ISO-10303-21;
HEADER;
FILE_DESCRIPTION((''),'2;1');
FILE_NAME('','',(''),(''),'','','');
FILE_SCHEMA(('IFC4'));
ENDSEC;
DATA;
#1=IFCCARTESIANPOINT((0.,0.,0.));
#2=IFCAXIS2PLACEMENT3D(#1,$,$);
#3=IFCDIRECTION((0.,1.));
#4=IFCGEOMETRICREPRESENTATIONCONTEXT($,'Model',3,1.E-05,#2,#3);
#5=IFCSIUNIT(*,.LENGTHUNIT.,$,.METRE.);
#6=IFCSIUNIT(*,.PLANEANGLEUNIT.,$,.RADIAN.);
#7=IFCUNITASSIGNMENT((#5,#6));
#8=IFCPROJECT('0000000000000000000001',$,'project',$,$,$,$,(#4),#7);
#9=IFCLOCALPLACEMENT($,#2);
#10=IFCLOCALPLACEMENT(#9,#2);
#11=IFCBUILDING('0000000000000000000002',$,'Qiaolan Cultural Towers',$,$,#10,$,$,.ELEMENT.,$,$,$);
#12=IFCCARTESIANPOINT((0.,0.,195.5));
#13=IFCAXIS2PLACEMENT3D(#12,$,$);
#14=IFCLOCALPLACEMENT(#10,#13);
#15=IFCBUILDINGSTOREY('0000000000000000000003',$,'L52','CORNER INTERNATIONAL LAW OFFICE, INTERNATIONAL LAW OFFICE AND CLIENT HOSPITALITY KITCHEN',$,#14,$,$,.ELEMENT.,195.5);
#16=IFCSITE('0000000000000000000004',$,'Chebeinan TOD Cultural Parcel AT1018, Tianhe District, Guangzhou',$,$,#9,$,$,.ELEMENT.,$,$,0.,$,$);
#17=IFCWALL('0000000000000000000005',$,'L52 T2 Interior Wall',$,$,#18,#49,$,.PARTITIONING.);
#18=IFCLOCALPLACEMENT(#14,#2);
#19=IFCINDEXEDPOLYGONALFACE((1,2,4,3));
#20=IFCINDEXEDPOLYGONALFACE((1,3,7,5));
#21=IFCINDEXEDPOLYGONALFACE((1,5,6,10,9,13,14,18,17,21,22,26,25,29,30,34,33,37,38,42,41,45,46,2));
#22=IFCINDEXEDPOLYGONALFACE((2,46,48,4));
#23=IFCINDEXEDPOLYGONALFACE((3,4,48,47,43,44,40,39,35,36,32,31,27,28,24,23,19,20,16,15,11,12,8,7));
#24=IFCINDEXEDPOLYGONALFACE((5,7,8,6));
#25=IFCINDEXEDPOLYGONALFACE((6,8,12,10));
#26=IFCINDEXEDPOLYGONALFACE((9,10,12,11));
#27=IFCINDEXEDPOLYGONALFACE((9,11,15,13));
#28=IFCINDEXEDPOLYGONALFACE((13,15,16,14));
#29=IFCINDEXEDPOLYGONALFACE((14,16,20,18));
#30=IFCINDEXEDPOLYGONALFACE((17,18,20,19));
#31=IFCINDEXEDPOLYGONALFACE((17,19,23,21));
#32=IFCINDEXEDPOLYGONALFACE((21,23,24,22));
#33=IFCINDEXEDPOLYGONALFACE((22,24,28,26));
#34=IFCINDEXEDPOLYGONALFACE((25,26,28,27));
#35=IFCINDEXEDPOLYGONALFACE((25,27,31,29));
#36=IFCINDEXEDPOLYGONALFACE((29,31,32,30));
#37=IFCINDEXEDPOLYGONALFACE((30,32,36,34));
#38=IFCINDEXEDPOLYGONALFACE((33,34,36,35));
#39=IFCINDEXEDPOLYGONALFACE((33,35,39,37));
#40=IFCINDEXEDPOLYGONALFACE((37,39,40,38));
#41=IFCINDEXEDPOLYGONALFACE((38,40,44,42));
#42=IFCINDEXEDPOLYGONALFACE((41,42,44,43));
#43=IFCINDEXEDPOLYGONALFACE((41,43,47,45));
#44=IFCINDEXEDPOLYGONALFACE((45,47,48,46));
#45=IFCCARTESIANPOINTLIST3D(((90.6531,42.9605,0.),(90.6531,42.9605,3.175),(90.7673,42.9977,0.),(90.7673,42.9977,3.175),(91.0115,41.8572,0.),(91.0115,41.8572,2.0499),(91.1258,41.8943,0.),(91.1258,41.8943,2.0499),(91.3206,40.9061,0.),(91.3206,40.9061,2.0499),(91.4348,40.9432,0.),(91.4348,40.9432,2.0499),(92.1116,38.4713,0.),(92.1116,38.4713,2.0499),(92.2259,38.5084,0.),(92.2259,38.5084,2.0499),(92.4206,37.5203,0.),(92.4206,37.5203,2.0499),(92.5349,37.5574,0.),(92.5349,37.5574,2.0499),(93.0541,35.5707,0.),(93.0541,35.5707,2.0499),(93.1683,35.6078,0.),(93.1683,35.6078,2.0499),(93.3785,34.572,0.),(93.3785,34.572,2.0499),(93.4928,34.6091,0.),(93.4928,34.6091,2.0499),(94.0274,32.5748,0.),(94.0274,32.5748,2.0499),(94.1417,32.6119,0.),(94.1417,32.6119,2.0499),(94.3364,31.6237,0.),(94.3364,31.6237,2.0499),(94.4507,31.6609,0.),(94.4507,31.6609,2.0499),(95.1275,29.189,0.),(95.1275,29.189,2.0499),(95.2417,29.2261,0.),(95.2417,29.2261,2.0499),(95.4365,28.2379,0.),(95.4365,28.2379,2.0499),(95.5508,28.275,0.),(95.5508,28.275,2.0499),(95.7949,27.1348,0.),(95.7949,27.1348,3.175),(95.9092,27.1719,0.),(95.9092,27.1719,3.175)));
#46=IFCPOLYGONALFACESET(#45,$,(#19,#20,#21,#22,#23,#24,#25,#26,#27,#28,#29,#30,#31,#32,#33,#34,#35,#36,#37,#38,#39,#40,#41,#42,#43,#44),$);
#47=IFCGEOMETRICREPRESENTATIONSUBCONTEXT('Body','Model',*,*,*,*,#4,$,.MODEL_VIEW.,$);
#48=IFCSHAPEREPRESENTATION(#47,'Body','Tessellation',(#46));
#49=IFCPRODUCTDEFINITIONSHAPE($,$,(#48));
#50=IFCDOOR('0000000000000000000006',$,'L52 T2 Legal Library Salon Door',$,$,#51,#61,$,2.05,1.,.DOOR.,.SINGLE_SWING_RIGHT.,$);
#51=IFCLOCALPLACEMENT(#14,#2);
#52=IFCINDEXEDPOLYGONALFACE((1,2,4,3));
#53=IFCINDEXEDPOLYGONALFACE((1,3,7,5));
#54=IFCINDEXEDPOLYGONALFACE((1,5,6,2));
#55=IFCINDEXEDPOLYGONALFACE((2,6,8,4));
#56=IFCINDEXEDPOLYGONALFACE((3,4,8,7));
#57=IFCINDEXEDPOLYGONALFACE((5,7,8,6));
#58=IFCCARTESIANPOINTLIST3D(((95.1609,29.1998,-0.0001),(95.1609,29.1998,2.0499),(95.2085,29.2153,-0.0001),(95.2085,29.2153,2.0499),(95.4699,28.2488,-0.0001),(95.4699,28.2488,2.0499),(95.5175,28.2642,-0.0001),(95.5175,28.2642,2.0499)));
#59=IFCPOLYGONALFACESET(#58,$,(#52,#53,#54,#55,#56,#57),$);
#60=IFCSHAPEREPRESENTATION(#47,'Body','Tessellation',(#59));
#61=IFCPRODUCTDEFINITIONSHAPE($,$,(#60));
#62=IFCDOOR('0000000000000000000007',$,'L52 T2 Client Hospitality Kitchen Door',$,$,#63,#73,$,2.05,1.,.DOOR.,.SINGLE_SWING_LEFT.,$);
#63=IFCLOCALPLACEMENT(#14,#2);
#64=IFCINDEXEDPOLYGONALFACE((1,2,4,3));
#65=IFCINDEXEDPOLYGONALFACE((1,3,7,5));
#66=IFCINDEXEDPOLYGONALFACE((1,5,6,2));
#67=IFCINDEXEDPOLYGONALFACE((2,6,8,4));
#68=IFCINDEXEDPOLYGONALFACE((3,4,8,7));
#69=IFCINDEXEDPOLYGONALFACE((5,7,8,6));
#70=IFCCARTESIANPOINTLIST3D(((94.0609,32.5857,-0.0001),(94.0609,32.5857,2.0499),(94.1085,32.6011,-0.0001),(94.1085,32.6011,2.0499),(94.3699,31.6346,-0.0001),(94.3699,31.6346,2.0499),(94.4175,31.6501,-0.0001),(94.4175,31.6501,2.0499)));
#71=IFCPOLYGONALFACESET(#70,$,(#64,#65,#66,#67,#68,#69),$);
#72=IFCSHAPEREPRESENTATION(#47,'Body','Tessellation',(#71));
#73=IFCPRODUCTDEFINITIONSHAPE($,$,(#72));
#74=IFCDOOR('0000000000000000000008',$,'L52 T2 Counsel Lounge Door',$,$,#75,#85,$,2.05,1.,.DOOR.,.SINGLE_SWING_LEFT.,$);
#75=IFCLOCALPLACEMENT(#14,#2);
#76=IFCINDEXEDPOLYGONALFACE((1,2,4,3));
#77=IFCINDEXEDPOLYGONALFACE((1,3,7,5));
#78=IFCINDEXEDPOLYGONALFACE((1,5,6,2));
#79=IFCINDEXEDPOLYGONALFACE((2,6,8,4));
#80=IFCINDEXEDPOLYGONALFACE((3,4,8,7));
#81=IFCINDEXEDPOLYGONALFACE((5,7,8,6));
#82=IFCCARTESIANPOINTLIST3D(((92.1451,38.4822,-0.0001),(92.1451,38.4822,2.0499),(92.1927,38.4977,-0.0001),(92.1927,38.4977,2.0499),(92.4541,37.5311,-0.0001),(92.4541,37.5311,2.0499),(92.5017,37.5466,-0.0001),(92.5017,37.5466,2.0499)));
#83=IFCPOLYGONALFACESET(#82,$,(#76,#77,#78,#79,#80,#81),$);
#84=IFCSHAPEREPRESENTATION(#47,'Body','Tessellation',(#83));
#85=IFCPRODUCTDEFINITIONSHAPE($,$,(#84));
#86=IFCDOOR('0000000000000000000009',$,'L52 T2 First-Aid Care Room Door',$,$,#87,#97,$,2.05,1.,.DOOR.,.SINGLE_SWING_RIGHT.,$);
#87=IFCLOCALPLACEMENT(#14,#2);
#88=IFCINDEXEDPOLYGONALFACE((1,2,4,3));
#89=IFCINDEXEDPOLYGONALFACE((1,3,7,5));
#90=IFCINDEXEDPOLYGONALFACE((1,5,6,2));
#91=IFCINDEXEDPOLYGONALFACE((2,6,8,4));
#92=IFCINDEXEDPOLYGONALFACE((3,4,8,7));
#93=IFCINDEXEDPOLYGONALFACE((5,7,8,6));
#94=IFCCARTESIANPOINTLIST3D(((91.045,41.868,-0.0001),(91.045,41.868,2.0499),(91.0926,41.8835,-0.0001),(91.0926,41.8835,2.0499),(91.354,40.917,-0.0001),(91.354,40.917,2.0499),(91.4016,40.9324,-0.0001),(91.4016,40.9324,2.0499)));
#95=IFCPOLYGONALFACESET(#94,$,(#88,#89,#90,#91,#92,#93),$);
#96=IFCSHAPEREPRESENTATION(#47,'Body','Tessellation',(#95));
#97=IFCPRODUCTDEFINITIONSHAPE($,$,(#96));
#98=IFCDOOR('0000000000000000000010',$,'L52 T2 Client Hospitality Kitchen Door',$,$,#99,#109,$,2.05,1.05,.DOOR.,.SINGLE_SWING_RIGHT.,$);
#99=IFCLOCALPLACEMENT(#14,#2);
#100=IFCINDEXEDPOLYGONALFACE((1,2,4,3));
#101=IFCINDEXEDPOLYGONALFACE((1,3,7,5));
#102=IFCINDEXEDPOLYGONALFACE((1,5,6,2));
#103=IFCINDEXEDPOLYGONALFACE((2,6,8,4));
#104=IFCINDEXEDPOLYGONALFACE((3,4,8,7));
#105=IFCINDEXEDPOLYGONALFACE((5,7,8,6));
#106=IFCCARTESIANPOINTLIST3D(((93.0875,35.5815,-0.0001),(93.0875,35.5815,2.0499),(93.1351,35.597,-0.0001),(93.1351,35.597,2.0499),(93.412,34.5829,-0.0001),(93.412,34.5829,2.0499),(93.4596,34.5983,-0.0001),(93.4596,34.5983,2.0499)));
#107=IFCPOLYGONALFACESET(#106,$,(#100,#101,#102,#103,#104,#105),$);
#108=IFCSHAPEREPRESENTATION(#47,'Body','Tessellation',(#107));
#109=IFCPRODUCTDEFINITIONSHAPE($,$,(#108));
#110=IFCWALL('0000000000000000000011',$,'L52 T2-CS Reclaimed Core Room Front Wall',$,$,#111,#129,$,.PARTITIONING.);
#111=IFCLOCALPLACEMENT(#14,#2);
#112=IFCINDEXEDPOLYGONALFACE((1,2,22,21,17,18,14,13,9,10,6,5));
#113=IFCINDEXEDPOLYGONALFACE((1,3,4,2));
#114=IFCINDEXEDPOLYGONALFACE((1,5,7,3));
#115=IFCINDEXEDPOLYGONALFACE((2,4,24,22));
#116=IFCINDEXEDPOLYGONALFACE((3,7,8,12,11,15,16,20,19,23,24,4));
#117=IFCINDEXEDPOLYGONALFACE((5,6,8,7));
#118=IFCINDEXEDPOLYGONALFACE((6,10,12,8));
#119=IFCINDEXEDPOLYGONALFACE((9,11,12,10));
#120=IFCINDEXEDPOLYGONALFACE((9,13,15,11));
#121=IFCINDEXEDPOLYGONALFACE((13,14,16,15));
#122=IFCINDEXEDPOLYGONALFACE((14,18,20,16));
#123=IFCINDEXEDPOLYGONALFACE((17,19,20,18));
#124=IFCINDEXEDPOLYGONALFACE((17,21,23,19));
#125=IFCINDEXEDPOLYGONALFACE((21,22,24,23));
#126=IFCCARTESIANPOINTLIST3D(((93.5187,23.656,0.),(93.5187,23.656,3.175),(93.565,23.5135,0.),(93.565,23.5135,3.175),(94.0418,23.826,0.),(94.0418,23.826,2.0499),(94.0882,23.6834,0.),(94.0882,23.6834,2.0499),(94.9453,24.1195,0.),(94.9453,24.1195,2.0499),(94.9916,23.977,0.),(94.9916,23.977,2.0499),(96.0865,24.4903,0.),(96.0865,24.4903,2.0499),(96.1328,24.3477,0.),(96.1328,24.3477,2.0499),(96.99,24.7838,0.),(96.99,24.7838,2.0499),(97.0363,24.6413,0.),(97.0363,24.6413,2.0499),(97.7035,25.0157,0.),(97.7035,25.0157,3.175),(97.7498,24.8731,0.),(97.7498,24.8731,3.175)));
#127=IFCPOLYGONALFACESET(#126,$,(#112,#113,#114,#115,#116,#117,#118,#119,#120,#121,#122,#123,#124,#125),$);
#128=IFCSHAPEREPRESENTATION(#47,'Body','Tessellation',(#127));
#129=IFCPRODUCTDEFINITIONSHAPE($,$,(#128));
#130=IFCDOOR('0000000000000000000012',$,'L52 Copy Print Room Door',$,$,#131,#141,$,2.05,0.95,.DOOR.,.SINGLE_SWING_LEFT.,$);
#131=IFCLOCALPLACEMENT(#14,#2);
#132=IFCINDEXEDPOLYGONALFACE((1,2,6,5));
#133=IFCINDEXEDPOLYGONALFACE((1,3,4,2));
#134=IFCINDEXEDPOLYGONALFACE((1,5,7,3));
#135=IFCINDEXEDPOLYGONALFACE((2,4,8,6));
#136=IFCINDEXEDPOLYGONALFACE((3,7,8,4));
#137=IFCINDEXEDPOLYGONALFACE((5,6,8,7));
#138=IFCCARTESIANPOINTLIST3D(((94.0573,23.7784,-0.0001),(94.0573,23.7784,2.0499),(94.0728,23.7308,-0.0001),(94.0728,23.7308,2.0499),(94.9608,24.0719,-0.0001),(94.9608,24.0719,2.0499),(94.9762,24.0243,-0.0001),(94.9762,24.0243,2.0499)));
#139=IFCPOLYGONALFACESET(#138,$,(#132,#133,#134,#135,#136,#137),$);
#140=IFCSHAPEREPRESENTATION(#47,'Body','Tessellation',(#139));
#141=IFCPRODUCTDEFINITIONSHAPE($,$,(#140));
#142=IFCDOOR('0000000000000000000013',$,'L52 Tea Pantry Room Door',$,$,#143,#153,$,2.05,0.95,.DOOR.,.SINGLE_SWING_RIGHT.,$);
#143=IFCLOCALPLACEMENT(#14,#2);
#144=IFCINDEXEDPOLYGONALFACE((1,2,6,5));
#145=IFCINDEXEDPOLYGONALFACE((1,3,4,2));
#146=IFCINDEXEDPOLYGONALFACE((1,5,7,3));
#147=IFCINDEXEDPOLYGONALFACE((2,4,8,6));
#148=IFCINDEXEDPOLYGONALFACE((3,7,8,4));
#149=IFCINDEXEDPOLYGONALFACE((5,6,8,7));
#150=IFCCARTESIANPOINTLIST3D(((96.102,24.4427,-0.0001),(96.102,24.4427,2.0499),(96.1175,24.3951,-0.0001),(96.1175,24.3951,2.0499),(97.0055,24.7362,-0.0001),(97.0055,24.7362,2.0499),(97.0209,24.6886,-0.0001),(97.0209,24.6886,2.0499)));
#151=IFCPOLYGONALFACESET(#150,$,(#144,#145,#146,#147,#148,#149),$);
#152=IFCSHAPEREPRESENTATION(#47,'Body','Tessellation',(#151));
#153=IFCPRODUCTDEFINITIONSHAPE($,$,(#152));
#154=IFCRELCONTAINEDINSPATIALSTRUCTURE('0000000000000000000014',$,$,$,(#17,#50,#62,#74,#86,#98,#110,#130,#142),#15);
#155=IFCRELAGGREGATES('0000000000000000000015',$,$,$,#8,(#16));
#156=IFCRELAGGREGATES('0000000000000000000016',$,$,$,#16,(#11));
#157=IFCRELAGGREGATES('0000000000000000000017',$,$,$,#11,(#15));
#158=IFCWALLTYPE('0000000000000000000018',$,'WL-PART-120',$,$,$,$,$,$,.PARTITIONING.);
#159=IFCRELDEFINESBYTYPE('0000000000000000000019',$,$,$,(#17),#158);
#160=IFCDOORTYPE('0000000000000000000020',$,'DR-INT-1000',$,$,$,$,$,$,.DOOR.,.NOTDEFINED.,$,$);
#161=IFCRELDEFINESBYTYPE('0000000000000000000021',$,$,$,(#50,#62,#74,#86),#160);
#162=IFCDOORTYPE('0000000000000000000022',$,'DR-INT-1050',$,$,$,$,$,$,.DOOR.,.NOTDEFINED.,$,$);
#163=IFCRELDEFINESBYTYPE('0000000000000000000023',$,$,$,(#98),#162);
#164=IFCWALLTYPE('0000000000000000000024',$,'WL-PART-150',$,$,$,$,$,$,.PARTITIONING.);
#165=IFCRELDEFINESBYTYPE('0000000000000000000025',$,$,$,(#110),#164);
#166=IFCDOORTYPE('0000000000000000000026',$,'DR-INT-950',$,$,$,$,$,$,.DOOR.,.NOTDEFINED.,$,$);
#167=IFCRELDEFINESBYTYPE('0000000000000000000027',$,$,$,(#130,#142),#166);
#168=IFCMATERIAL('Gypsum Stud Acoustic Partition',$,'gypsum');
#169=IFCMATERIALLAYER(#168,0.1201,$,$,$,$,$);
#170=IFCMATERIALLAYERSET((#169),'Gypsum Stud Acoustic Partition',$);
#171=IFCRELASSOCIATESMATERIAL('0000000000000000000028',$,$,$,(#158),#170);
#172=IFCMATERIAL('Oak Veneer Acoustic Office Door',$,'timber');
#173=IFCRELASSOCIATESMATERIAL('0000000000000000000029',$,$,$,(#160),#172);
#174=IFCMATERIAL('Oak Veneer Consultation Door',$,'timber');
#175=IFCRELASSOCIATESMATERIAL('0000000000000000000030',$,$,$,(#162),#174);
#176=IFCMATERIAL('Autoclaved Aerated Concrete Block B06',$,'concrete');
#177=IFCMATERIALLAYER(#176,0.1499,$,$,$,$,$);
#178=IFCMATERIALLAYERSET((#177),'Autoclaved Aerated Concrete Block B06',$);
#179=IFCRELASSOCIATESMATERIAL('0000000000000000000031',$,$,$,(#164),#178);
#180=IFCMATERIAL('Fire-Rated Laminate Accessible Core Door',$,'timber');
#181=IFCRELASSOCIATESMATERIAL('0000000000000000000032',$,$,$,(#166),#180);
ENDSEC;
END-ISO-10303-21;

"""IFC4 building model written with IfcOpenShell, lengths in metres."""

from ifc_helpers import new_model, si_unit, direction, frame, frame_2d, origin, place, context, subcontext, project, spatial, rectangle, extrude, material, layer, layer_set, type_object, element, fill, save


model = new_model("IFC4")

# Units and contexts
model_context = context("Model", 3, precision=1e-05, world=origin(), true_north=direction((0.0, 1.0)))
body_context = subcontext(model_context, "Body", "Model", "MODEL_VIEW")
ifc_project = project(units=[si_unit("LENGTHUNIT", "METRE"), si_unit("PLANEANGLEUNIT", "RADIAN")], contexts=[model_context])

# Site, building, storey
site_placement = place(None, origin())
site = spatial("IfcSite", under=ifc_project, at=site_placement, Name="Chebeinan TOD Cultural Parcel AT1018, Tianhe District, Guangzhou", CompositionType="ELEMENT", RefElevation=0.0)
building_placement = place(site_placement, origin())
building = spatial("IfcBuilding", under=site, at=building_placement, Name="Qiaolan Cultural Towers", CompositionType="ELEMENT")
storey_placement = place(building_placement, frame((0.0, 0.0, 195.5)))
storey = spatial("IfcBuildingStorey", under=building, at=storey_placement, Name="L52", Description="CORNER INTERNATIONAL LAW OFFICE, INTERNATIONAL LAW OFFICE AND CLIENT HOSPITALITY KITCHEN", CompositionType="ELEMENT", Elevation=195.5)

# Shared definitions
ifc_material_1 = material(Name="Gypsum Stud Acoustic Partition", Category="gypsum")
ifc_layer_1 = layer(ifc_material_1, 0.1201)
ifc_layer_set_1 = layer_set([ifc_layer_1], Name="Gypsum Stud Acoustic Partition")
wall_type_1 = type_object("IfcWallType", Name="WL-PART-120", PredefinedType="PARTITIONING", material=ifc_layer_set_1)

# Walls, openings, doors
wall_1_placement = place(storey_placement, frame((95.8521, 27.1533, 0.0), z_axis=(0.0, 0.0, 1.0), x_axis=(-0.309004, 0.951061, 0.0)))
wall_1 = element("IfcWall", 1, at=wall_1_placement, inside=storey, type_object=wall_type_1, Name="L52 T2 Interior Wall", PredefinedType="PARTITIONING", context=body_context, shape_type="SweptSolid", body=[
    extrude(rectangle(XDim=16.6401, YDim=0.1201, at=frame_2d((8.3201, 0.0))), origin(), (0.0, 0.0, 1.0), 3.175),
])
opening_1_placement = place(wall_1_placement, frame((1.1599, 0.0, 0.0)))
opening_1 = element("IfcOpeningElement", 2, at=opening_1_placement, cuts=wall_1, PredefinedType="OPENING", context=body_context, shape_type="SweptSolid", body=[
    extrude(rectangle(XDim=1.0, YDim=2.05, at=frame_2d((0.5, 1.0249))), frame((0.0, 0.0701, 0.0), z_axis=(0.0, -1.0, 0.0), x_axis=(1.0, 0.0, 0.0)), (0.0, 0.0, 1.0), 0.1401),
])
opening_2_placement = place(wall_1_placement, frame((4.72, 0.0, 0.0)))
opening_2 = element("IfcOpeningElement", 3, at=opening_2_placement, cuts=wall_1, PredefinedType="OPENING", context=body_context, shape_type="SweptSolid", body=[
    extrude(rectangle(XDim=1.0, YDim=2.05, at=frame_2d((0.5, 1.0249))), frame((0.0, 0.0701, 0.0), z_axis=(0.0, -1.0, 0.0), x_axis=(1.0, 0.0, 0.0)), (0.0, 0.0, 1.0), 0.1401),
])
opening_3_placement = place(wall_1_placement, frame((7.8201, 0.0, 0.0)))
opening_3 = element("IfcOpeningElement", 4, at=opening_3_placement, cuts=wall_1, PredefinedType="OPENING", context=body_context, shape_type="SweptSolid", body=[
    extrude(rectangle(XDim=1.05, YDim=2.05, at=frame_2d((0.5249, 1.0249))), frame((0.0, 0.0701, 0.0), z_axis=(0.0, -1.0, 0.0), x_axis=(1.0, 0.0, 0.0)), (0.0, 0.0, 1.0), 0.1401),
])
opening_4_placement = place(wall_1_placement, frame((10.9199, 0.0, 0.0)))
opening_4 = element("IfcOpeningElement", 5, at=opening_4_placement, cuts=wall_1, PredefinedType="OPENING", context=body_context, shape_type="SweptSolid", body=[
    extrude(rectangle(XDim=1.0, YDim=2.05, at=frame_2d((0.5, 1.0249))), frame((0.0, 0.0701, 0.0), z_axis=(0.0, -1.0, 0.0), x_axis=(1.0, 0.0, 0.0)), (0.0, 0.0, 1.0), 0.1401),
])
opening_5_placement = place(wall_1_placement, frame((14.48, 0.0, 0.0)))
opening_5 = element("IfcOpeningElement", 6, at=opening_5_placement, cuts=wall_1, PredefinedType="OPENING", context=body_context, shape_type="SweptSolid", body=[
    extrude(rectangle(XDim=1.0, YDim=2.05, at=frame_2d((0.5, 1.0249))), frame((0.0, 0.0701, 0.0), z_axis=(0.0, -1.0, 0.0), x_axis=(1.0, 0.0, 0.0)), (0.0, 0.0, 1.0), 0.1401),
])
ifc_material_2 = material(Name="Oak Veneer Acoustic Office Door", Category="timber")
door_type_1 = type_object("IfcDoorType", Name="DR-INT-1000", OperationType="NOTDEFINED", PredefinedType="DOOR", material=ifc_material_2)
door_1_placement = place(opening_1_placement, origin())
door_1 = element("IfcDoor", 7, at=door_1_placement, inside=storey, type_object=door_type_1, Name="L52 T2 Legal Library Salon Door", OperationType="SINGLE_SWING_RIGHT", OverallHeight=2.05, OverallWidth=1.0, PredefinedType="DOOR", context=body_context, shape_type="SweptSolid", body=[
    extrude(rectangle(XDim=1.0, YDim=2.05, at=frame_2d((0.5, 1.0249))), frame((0.0, 0.0249, 0.0), z_axis=(0.0, -1.0, 0.0), x_axis=(1.0, 0.0, 0.0)), (0.0, 0.0, 1.0), 0.05),
])
fill(opening_1, door_1)
door_2_placement = place(opening_2_placement, origin())
door_2 = element("IfcDoor", 8, at=door_2_placement, inside=storey, type_object=door_type_1, Name="L52 T2 Client Hospitality Kitchen Door", OperationType="SINGLE_SWING_LEFT", OverallHeight=2.05, OverallWidth=1.0, PredefinedType="DOOR", context=body_context, shape_type="SweptSolid", body=[
    extrude(rectangle(XDim=1.0, YDim=2.05, at=frame_2d((0.5, 1.0249))), frame((0.0, 0.0249, 0.0), z_axis=(0.0, -1.0, 0.0), x_axis=(1.0, 0.0, 0.0)), (0.0, 0.0, 1.0), 0.05),
])
fill(opening_2, door_2)
door_3_placement = place(opening_4_placement, origin())
door_3 = element("IfcDoor", 9, at=door_3_placement, inside=storey, type_object=door_type_1, Name="L52 T2 Counsel Lounge Door", OperationType="SINGLE_SWING_LEFT", OverallHeight=2.05, OverallWidth=1.0, PredefinedType="DOOR", context=body_context, shape_type="SweptSolid", body=[
    extrude(rectangle(XDim=1.0, YDim=2.05, at=frame_2d((0.5, 1.0249))), frame((0.0, 0.0249, 0.0), z_axis=(0.0, -1.0, 0.0), x_axis=(1.0, 0.0, 0.0)), (0.0, 0.0, 1.0), 0.05),
])
fill(opening_4, door_3)
door_4_placement = place(opening_5_placement, origin())
door_4 = element("IfcDoor", 10, at=door_4_placement, inside=storey, type_object=door_type_1, Name="L52 T2 First-Aid Care Room Door", OperationType="SINGLE_SWING_RIGHT", OverallHeight=2.05, OverallWidth=1.0, PredefinedType="DOOR", context=body_context, shape_type="SweptSolid", body=[
    extrude(rectangle(XDim=1.0, YDim=2.05, at=frame_2d((0.5, 1.0249))), frame((0.0, 0.0249, 0.0), z_axis=(0.0, -1.0, 0.0), x_axis=(1.0, 0.0, 0.0)), (0.0, 0.0, 1.0), 0.05),
])
fill(opening_5, door_4)
ifc_material_3 = material(Name="Oak Veneer Consultation Door", Category="timber")
door_type_2 = type_object("IfcDoorType", Name="DR-INT-1050", OperationType="NOTDEFINED", PredefinedType="DOOR", material=ifc_material_3)
door_5_placement = place(opening_3_placement, origin())
door_5 = element("IfcDoor", 11, at=door_5_placement, inside=storey, type_object=door_type_2, Name="L52 T2 Client Hospitality Kitchen Door", OperationType="SINGLE_SWING_RIGHT", OverallHeight=2.05, OverallWidth=1.05, PredefinedType="DOOR", context=body_context, shape_type="SweptSolid", body=[
    extrude(rectangle(XDim=1.05, YDim=2.05, at=frame_2d((0.5249, 1.0249))), frame((0.0, 0.0249, 0.0), z_axis=(0.0, -1.0, 0.0), x_axis=(1.0, 0.0, 0.0)), (0.0, 0.0, 1.0), 0.05),
])
fill(opening_3, door_5)
ifc_material_4 = material(Name="Autoclaved Aerated Concrete Block B06", Category="concrete")
ifc_layer_2 = layer(ifc_material_4, 0.1499)
ifc_layer_set_2 = layer_set([ifc_layer_2], Name="Autoclaved Aerated Concrete Block B06")
wall_type_2 = type_object("IfcWallType", Name="WL-PART-150", PredefinedType="PARTITIONING", material=ifc_layer_set_2)
wall_2_placement = place(storey_placement, frame((93.5417, 23.5847, 0.0), z_axis=(0.0, 0.0, 1.0), x_axis=(0.951064, 0.308994, 0.0)))
wall_2 = element("IfcWall", 12, at=wall_2_placement, inside=storey, type_object=wall_type_2, Name="L52 T2-CS Reclaimed Core Room Front Wall", PredefinedType="PARTITIONING", context=body_context, shape_type="SweptSolid", body=[
    extrude(rectangle(XDim=4.4001, YDim=0.1499, at=frame_2d((2.2002, 0.0))), origin(), (0.0, 0.0, 1.0), 3.175),
])
opening_6_placement = place(wall_2_placement, frame((0.55, 0.0, 0.0)))
opening_6 = element("IfcOpeningElement", 13, at=opening_6_placement, cuts=wall_2, PredefinedType="OPENING", context=body_context, shape_type="SweptSolid", body=[
    extrude(rectangle(XDim=0.95, YDim=2.05, at=frame_2d((0.4751, 1.0249))), frame((0.0, 0.085, 0.0), z_axis=(0.0, -1.0, 0.0), x_axis=(1.0, 0.0, 0.0)), (0.0, 0.0, 1.0), 0.1699),
])
opening_7_placement = place(wall_2_placement, frame((2.7, 0.0, 0.0)))
opening_7 = element("IfcOpeningElement", 14, at=opening_7_placement, cuts=wall_2, PredefinedType="OPENING", context=body_context, shape_type="SweptSolid", body=[
    extrude(rectangle(XDim=0.95, YDim=2.05, at=frame_2d((0.4751, 1.0249))), frame((0.0, 0.085, 0.0), z_axis=(0.0, -1.0, 0.0), x_axis=(1.0, 0.0, 0.0)), (0.0, 0.0, 1.0), 0.1699),
])
ifc_material_5 = material(Name="Fire-Rated Laminate Accessible Core Door", Category="timber")
door_type_3 = type_object("IfcDoorType", Name="DR-INT-950", OperationType="NOTDEFINED", PredefinedType="DOOR", material=ifc_material_5)
door_6_placement = place(opening_6_placement, origin())
door_6 = element("IfcDoor", 15, at=door_6_placement, inside=storey, type_object=door_type_3, Name="L52 Copy Print Room Door", OperationType="SINGLE_SWING_LEFT", OverallHeight=2.05, OverallWidth=0.95, PredefinedType="DOOR", context=body_context, shape_type="SweptSolid", body=[
    extrude(rectangle(XDim=0.95, YDim=2.05, at=frame_2d((0.4751, 1.0249))), frame((0.0, 0.0249, 0.0), z_axis=(0.0, -1.0, 0.0), x_axis=(1.0, 0.0, 0.0)), (0.0, 0.0, 1.0), 0.05),
])
fill(opening_6, door_6)
door_7_placement = place(opening_7_placement, origin())
door_7 = element("IfcDoor", 16, at=door_7_placement, inside=storey, type_object=door_type_3, Name="L52 Tea Pantry Room Door", OperationType="SINGLE_SWING_RIGHT", OverallHeight=2.05, OverallWidth=0.95, PredefinedType="DOOR", context=body_context, shape_type="SweptSolid", body=[
    extrude(rectangle(XDim=0.95, YDim=2.05, at=frame_2d((0.4751, 1.0249))), frame((0.0, 0.0249, 0.0), z_axis=(0.0, -1.0, 0.0), x_axis=(1.0, 0.0, 0.0)), (0.0, 0.0, 1.0), 0.05),
])
fill(opening_7, door_7)

save(model, "model.ifc")
